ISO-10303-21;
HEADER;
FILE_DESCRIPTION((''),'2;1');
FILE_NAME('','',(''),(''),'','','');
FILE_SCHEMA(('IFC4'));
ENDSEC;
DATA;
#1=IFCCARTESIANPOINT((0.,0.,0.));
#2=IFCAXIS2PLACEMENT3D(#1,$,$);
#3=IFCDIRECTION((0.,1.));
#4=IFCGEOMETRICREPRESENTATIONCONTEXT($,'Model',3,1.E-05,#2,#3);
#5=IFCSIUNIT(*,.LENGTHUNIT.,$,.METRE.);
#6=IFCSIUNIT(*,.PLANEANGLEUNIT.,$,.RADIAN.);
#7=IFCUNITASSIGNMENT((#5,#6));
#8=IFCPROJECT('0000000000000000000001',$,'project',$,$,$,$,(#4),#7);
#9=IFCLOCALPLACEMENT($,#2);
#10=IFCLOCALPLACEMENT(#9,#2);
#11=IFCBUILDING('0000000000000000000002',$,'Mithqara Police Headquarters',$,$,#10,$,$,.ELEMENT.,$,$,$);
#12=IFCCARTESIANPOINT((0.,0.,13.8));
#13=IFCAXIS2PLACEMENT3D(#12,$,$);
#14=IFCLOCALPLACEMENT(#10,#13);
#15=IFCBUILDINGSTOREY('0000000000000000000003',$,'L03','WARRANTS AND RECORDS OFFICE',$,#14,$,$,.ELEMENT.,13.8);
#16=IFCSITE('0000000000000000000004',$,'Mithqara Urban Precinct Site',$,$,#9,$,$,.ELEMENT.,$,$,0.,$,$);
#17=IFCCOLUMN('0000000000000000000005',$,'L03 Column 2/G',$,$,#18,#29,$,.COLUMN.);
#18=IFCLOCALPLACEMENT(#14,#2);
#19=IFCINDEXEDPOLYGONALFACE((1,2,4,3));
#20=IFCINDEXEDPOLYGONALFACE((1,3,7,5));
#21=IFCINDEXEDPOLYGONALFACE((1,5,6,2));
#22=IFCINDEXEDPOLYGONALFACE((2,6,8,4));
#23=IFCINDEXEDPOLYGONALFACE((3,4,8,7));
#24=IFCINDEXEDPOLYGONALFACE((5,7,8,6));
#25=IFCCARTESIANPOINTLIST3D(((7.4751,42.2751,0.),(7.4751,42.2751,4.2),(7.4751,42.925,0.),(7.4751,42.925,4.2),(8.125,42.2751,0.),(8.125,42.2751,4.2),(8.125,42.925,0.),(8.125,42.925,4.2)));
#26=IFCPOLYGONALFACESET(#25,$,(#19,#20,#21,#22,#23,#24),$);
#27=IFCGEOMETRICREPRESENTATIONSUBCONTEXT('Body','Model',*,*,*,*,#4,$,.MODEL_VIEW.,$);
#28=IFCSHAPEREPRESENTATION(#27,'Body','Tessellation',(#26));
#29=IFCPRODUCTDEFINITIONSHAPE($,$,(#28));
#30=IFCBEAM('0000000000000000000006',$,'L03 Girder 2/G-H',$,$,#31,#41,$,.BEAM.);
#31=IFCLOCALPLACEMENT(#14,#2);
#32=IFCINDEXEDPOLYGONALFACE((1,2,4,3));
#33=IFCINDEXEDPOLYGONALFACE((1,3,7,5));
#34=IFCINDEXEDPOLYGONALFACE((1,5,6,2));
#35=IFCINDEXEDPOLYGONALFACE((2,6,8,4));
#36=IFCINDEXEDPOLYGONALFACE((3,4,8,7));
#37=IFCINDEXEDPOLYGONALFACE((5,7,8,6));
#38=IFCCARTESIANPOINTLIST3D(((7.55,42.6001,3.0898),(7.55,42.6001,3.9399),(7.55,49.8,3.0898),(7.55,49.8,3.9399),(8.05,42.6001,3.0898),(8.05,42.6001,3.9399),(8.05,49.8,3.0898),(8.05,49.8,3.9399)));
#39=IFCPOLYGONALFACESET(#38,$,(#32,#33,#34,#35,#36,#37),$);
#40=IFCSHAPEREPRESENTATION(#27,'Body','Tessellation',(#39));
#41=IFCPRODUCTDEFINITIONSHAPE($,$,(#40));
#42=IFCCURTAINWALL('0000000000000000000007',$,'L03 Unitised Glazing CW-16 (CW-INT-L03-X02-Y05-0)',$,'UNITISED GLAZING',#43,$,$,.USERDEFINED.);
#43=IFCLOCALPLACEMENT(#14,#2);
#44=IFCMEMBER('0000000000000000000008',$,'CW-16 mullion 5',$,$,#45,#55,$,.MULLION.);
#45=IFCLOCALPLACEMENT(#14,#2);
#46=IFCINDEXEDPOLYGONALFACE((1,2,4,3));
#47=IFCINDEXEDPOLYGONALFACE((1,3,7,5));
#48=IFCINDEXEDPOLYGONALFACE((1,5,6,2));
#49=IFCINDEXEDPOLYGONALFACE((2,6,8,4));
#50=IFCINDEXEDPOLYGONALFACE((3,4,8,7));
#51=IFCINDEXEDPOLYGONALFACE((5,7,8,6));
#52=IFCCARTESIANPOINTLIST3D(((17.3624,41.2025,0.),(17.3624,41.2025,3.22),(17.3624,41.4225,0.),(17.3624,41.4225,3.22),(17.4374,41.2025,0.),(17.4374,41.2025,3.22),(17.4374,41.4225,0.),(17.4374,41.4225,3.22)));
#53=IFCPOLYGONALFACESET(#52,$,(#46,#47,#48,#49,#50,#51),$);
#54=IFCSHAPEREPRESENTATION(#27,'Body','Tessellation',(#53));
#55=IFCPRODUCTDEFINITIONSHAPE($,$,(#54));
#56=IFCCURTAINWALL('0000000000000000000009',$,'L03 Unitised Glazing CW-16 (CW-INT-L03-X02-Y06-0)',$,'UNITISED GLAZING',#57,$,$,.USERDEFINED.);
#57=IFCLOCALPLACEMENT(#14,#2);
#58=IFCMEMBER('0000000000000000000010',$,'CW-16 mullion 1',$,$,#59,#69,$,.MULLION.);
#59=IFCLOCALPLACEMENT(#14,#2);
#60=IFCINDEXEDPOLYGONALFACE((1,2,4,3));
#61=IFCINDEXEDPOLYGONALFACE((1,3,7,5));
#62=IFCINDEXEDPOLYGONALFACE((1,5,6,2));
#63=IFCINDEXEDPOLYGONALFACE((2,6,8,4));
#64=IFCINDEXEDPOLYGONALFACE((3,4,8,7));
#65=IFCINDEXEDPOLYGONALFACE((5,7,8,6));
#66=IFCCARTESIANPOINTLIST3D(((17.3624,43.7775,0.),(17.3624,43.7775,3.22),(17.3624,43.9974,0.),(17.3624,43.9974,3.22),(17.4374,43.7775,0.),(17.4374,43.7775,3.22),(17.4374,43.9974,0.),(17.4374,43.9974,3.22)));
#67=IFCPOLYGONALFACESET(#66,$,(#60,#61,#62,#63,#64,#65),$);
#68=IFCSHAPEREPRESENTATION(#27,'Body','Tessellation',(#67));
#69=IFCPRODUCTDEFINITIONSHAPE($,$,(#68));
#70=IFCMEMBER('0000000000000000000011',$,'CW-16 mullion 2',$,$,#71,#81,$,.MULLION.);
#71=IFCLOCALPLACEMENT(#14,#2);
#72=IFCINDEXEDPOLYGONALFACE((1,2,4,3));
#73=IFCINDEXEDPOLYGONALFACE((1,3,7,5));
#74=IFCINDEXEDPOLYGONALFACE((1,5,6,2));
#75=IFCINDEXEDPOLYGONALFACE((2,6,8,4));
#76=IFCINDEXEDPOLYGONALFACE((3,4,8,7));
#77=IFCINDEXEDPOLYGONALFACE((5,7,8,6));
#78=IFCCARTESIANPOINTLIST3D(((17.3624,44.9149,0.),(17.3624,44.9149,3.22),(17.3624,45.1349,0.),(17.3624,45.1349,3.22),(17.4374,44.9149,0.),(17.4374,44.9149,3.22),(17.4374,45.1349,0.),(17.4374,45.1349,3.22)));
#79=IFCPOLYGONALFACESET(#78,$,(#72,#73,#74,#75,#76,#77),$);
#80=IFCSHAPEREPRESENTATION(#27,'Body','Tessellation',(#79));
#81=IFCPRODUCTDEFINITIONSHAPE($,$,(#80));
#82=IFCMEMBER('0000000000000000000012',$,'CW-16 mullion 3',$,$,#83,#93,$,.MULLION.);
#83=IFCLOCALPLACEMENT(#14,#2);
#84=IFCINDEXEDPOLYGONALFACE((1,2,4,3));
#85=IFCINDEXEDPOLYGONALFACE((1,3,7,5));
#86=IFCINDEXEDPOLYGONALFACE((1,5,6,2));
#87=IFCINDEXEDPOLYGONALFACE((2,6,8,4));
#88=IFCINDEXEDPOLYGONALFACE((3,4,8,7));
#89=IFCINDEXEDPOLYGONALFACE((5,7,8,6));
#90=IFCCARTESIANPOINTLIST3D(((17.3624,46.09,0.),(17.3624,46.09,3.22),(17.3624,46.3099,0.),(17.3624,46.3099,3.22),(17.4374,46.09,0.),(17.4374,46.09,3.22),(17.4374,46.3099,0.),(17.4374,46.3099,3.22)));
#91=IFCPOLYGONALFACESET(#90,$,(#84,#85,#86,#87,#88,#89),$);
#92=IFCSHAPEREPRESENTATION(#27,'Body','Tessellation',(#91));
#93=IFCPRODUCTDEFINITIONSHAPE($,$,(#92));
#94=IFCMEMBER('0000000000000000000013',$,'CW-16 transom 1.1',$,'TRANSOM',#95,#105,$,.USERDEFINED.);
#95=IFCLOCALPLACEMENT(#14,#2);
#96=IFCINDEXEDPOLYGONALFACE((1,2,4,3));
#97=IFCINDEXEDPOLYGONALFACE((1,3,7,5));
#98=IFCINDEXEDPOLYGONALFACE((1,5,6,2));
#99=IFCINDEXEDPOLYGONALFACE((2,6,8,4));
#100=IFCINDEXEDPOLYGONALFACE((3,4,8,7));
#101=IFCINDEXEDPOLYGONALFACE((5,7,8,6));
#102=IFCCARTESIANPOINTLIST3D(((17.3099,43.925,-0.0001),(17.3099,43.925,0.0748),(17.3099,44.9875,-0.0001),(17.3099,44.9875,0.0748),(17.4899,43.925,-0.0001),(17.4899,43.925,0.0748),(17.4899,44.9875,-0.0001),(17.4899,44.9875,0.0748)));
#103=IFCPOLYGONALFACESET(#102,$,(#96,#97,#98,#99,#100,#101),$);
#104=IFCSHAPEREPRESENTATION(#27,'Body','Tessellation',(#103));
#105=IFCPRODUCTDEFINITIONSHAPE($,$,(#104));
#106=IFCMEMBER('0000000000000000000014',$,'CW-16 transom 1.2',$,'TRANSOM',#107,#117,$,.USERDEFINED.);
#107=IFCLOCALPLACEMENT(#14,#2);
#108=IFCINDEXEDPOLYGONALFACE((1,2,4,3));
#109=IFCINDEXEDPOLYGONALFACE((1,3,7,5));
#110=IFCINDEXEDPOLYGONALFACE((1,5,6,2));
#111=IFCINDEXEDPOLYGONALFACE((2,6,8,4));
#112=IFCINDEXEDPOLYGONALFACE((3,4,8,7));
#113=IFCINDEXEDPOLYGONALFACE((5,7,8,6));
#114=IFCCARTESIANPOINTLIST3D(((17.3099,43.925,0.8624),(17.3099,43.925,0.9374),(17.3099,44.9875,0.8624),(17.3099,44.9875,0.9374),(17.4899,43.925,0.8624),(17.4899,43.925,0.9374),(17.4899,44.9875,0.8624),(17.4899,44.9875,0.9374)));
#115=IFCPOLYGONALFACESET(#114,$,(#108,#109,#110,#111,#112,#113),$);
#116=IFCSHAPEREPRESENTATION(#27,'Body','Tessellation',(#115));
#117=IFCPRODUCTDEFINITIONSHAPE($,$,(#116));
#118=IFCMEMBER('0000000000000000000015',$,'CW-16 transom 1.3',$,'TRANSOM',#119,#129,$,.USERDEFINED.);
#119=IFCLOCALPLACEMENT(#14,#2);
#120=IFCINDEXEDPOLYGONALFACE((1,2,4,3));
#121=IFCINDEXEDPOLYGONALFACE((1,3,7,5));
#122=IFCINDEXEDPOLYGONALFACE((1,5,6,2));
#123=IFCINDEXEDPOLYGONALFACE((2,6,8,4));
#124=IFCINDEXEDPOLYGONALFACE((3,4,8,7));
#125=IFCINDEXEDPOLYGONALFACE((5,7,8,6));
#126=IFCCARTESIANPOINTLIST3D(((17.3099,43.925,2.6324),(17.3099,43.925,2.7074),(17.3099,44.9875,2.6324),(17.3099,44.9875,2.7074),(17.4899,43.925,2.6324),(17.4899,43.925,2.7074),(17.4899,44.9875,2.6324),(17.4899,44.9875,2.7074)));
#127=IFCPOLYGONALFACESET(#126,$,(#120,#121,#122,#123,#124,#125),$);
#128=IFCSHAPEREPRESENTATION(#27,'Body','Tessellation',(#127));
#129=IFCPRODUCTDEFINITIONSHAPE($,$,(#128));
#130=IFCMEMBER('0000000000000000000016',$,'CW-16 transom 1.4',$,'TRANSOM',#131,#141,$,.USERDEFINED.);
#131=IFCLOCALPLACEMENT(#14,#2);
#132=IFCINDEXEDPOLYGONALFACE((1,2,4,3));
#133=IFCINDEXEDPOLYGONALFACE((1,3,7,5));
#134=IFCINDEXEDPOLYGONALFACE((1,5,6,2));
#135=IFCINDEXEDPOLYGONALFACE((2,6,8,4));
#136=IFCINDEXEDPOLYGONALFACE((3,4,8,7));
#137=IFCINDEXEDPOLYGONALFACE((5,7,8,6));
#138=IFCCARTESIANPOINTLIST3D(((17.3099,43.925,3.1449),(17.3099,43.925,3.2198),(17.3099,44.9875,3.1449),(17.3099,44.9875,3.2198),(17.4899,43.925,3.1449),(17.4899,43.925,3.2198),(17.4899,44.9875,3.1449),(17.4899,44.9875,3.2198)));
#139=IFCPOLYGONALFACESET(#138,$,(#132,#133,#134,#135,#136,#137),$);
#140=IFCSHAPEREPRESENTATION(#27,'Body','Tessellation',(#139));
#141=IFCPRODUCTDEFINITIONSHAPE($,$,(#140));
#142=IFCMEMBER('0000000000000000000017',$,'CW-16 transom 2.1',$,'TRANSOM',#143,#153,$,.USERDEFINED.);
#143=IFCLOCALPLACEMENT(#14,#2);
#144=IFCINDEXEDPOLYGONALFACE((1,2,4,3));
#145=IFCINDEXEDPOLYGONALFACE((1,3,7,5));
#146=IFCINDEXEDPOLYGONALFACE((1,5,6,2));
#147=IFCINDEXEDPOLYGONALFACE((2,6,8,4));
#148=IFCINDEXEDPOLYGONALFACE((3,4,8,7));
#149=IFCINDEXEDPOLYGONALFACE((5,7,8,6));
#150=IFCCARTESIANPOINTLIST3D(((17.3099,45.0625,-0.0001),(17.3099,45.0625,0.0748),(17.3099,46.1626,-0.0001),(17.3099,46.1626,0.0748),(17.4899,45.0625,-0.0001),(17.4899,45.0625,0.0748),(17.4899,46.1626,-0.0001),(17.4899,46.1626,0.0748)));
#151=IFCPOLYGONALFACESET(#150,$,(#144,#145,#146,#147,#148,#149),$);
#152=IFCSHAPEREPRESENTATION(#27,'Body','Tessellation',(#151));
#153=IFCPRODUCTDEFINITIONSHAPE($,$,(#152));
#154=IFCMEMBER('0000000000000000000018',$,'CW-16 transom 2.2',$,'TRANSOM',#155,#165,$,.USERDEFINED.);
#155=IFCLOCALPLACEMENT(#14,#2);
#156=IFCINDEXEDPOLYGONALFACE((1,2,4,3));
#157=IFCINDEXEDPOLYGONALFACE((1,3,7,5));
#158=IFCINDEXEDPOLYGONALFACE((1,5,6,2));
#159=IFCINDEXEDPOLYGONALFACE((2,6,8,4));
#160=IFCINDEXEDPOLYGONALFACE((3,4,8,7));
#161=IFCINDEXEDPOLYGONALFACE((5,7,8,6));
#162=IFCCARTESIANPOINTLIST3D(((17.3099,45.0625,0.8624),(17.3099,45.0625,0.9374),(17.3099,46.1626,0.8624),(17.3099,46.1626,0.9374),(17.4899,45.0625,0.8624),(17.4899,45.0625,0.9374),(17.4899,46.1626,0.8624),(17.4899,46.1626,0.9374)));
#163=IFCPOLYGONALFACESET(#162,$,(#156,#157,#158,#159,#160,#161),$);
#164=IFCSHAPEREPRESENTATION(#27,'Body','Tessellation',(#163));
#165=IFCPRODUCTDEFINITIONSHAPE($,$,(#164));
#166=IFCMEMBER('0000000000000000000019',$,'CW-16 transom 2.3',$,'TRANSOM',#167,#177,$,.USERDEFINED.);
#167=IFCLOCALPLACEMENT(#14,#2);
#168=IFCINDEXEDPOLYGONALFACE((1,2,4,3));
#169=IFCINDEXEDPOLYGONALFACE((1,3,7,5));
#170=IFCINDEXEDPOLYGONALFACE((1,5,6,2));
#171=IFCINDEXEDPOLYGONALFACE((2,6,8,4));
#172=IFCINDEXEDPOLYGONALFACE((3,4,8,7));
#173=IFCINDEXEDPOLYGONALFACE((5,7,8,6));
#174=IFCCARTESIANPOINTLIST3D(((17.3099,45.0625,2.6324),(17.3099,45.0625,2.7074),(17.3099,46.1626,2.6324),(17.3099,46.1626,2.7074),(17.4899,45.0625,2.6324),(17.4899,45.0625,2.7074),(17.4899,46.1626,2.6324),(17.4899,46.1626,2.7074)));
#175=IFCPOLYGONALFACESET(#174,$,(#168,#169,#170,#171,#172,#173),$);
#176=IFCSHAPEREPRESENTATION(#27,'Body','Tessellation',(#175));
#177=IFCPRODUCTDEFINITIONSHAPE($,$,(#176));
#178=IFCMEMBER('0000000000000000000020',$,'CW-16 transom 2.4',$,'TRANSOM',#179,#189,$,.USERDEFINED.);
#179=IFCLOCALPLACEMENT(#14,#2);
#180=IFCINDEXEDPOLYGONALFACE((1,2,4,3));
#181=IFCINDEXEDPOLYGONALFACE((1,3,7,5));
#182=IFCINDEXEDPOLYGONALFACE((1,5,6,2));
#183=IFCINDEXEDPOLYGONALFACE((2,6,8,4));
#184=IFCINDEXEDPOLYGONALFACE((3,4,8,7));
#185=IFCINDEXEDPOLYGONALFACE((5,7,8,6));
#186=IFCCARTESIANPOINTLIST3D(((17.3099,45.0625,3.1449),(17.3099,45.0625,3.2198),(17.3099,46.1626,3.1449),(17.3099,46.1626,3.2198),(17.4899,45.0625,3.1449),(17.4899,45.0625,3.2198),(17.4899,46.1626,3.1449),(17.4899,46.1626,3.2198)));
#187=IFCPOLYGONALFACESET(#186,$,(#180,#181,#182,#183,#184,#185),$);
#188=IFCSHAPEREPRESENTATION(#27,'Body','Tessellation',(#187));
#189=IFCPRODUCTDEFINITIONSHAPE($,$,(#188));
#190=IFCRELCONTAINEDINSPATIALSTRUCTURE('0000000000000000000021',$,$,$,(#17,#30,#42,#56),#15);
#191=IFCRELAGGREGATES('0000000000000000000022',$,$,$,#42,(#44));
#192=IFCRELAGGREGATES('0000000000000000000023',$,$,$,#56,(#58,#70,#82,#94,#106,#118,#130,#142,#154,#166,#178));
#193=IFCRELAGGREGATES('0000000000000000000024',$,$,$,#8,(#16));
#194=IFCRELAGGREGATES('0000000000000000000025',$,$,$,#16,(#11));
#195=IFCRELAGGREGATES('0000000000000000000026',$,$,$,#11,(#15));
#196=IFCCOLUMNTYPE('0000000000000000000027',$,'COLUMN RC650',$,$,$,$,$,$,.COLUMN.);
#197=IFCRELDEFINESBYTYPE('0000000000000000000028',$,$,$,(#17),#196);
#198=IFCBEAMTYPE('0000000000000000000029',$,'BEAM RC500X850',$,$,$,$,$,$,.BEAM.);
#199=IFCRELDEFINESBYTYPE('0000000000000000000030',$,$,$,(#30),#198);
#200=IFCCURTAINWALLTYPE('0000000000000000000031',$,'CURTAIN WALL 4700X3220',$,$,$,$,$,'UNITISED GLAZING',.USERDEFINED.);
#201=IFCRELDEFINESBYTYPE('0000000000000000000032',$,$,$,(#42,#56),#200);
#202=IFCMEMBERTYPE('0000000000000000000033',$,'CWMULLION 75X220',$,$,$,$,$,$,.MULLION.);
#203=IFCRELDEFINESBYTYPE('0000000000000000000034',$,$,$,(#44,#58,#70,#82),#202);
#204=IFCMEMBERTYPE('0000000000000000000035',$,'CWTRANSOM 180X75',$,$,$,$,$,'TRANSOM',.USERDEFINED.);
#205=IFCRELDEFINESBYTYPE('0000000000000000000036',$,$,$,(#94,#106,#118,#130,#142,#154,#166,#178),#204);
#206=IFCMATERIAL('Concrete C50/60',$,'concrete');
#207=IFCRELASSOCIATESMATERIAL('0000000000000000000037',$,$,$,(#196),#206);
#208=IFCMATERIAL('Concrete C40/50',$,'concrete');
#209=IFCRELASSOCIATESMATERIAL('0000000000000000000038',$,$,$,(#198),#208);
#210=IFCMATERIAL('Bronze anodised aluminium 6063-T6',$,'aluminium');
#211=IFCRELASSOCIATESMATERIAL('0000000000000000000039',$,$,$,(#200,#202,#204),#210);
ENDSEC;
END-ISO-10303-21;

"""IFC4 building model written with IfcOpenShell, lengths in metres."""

from ifc_helpers import new_model, si_unit, direction, frame, origin, origin_2d, place, context, subcontext, project, spatial, rectangle, extrude, material, material_profile, profile_set, type_object, element, aggregate, save


model = new_model("IFC4")

# Units and contexts
model_context = context("Model", 3, precision=1e-05, world=origin(), true_north=direction((0.0, 1.0)))
body_context = subcontext(model_context, "Body", "Model", "MODEL_VIEW")
ifc_project = project(units=[si_unit("LENGTHUNIT", "METRE"), si_unit("PLANEANGLEUNIT", "RADIAN")], contexts=[model_context])

# Site, building, storey
site_placement = place(None, origin())
site = spatial("IfcSite", under=ifc_project, at=site_placement, Name="Mithqara Urban Precinct Site", CompositionType="ELEMENT", RefElevation=0.0)
building_placement = place(site_placement, origin())
building = spatial("IfcBuilding", under=site, at=building_placement, Name="Mithqara Police Headquarters", CompositionType="ELEMENT")
storey_placement = place(building_placement, frame((0.0, 0.0, 13.8)))
storey = spatial("IfcBuildingStorey", under=building, at=storey_placement, Name="L03", Description="WARRANTS AND RECORDS OFFICE", CompositionType="ELEMENT", Elevation=13.8)

# Column
ifc_material_1 = material(Name="Concrete C50/60", Category="concrete")
ifc_material_profile_1 = material_profile(ifc_material_1, rectangle(XDim=0.6499, YDim=0.6499, at=origin_2d()), Name="RC 650x650")
ifc_profile_set_1 = profile_set([ifc_material_profile_1], Name="Concrete C50/60")
column_type = type_object("IfcColumnType", Name="COLUMN RC650", PredefinedType="COLUMN", material=ifc_profile_set_1)
column_placement = place(storey_placement, frame((7.8, 42.6001, 0.0), z_axis=(0.0, 0.0, 1.0), x_axis=(1.0, 0.0, 0.0)))
element("IfcColumn", 1, at=column_placement, inside=storey, type_object=column_type, Name="L03 Column 2/G", PredefinedType="COLUMN", context=body_context, shape_type="SweptSolid", body=[
    extrude(rectangle(XDim=0.6499, YDim=0.6499, at=origin_2d()), origin(), (0.0, 0.0, 1.0), 4.2),
])

# Beam
ifc_material_2 = material(Name="Concrete C40/50", Category="concrete")
ifc_material_profile_2 = material_profile(ifc_material_2, rectangle(XDim=0.5, YDim=0.8501, at=origin_2d()), Name="RC 500x850")
ifc_profile_set_2 = profile_set([ifc_material_profile_2], Name="Concrete C40/50")
beam_type_1 = type_object("IfcBeamType", Name="BEAM RC500X850", PredefinedType="BEAM", material=ifc_profile_set_2)
beam_1_placement = place(storey_placement, frame((7.8, 42.6001, 3.5149), z_axis=(0.0, 1.0, 0.0), x_axis=(-1.0, 0.0, 0.0)))
element("IfcBeam", 2, at=beam_1_placement, inside=storey, type_object=beam_type_1, Name="L03 Girder 2/G-H", PredefinedType="BEAM", context=body_context, shape_type="SweptSolid", body=[
    extrude(rectangle(XDim=0.5, YDim=0.8501, at=origin_2d()), origin(), (0.0, 0.0, 1.0), 7.2),
])

# Curtain wall, member
ifc_material_3 = material(Name="Bronze anodised aluminium 6063-T6", Category="aluminium")
curtain_wall_type = type_object("IfcCurtainWallType", Name="CURTAIN WALL 4700X3220", ElementType="UNITISED GLAZING", PredefinedType="USERDEFINED", material=ifc_material_3)
curtain_wall_1_placement = place(storey_placement, origin())
curtain_wall_1 = element("IfcCurtainWall", 3, at=curtain_wall_1_placement, inside=storey, type_object=curtain_wall_type, Name="L03 Unitised Glazing CW-16 (CW-INT-L03-X02-Y05-0)", ObjectType="UNITISED GLAZING", PredefinedType="USERDEFINED")
ifc_material_profile_3 = material_profile(ifc_material_3, rectangle(XDim=0.075, YDim=0.22, at=origin_2d()), Name="CWM 75x220")
ifc_profile_set_3 = profile_set([ifc_material_profile_3], Name="Bronze anodised aluminium 6063-T6")
member_type_1 = type_object("IfcMemberType", Name="CWMULLION 75X220", PredefinedType="MULLION", material=ifc_profile_set_3)
member_1_placement = place(storey_placement, frame((17.3999, 41.3125, 0.0), z_axis=(0.0, 0.0, 1.0), x_axis=(-1.0, 0.0, 0.0)))
member_1 = element("IfcMember", 4, at=member_1_placement, type_object=member_type_1, Name="CW-16 mullion 5", PredefinedType="MULLION", context=body_context, shape_type="SweptSolid", body=[
    extrude(rectangle(XDim=0.075, YDim=0.22, at=origin_2d()), origin(), (0.0, 0.0, 1.0), 3.22),
])
aggregate(curtain_wall_1, [member_1])

# Curtain wall, members
curtain_wall_2_placement = place(storey_placement, origin())
curtain_wall_2 = element("IfcCurtainWall", 5, at=curtain_wall_2_placement, inside=storey, type_object=curtain_wall_type, Name="L03 Unitised Glazing CW-16 (CW-INT-L03-X02-Y06-0)", ObjectType="UNITISED GLAZING", PredefinedType="USERDEFINED")
member_2_placement = place(storey_placement, frame((17.3999, 43.8875, 0.0), z_axis=(0.0, 0.0, 1.0), x_axis=(-1.0, 0.0, 0.0)))
member_2 = element("IfcMember", 6, at=member_2_placement, type_object=member_type_1, Name="CW-16 mullion 1", PredefinedType="MULLION", context=body_context, shape_type="SweptSolid", body=[
    extrude(rectangle(XDim=0.075, YDim=0.22, at=origin_2d()), origin(), (0.0, 0.0, 1.0), 3.22),
])
member_3_placement = place(storey_placement, frame((17.3999, 45.0249, 0.0), z_axis=(0.0, 0.0, 1.0), x_axis=(-1.0, 0.0, 0.0)))
member_3 = element("IfcMember", 7, at=member_3_placement, type_object=member_type_1, Name="CW-16 mullion 2", PredefinedType="MULLION", context=body_context, shape_type="SweptSolid", body=[
    extrude(rectangle(XDim=0.075, YDim=0.22, at=origin_2d()), origin(), (0.0, 0.0, 1.0), 3.22),
])
member_4_placement = place(storey_placement, frame((17.3999, 46.2, 0.0), z_axis=(0.0, 0.0, 1.0), x_axis=(-1.0, 0.0, 0.0)))
member_4 = element("IfcMember", 8, at=member_4_placement, type_object=member_type_1, Name="CW-16 mullion 3", PredefinedType="MULLION", context=body_context, shape_type="SweptSolid", body=[
    extrude(rectangle(XDim=0.075, YDim=0.22, at=origin_2d()), origin(), (0.0, 0.0, 1.0), 3.22),
])
ifc_material_profile_4 = material_profile(ifc_material_3, rectangle(XDim=0.1799, YDim=0.075, at=origin_2d()), Name="CWT 180x75")
ifc_profile_set_4 = profile_set([ifc_material_profile_4], Name="Bronze anodised aluminium 6063-T6")
member_type_2 = type_object("IfcMemberType", Name="CWTRANSOM 180X75", ElementType="TRANSOM", PredefinedType="USERDEFINED", material=ifc_profile_set_4)
member_5_placement = place(storey_placement, frame((17.3999, 43.925, 0.0374), z_axis=(0.0, 1.0, 0.0), x_axis=(-1.0, 0.0, 0.0)))
member_5 = element("IfcMember", 9, at=member_5_placement, type_object=member_type_2, Name="CW-16 transom 1.1", ObjectType="TRANSOM", PredefinedType="USERDEFINED", context=body_context, shape_type="SweptSolid", body=[
    extrude(rectangle(XDim=0.1799, YDim=0.075, at=origin_2d()), origin(), (0.0, 0.0, 1.0), 1.0625),
])
member_6_placement = place(storey_placement, frame((17.3999, 43.925, 0.8999), z_axis=(0.0, 1.0, 0.0), x_axis=(-1.0, 0.0, 0.0)))
member_6 = element("IfcMember", 10, at=member_6_placement, type_object=member_type_2, Name="CW-16 transom 1.2", ObjectType="TRANSOM", PredefinedType="USERDEFINED", context=body_context, shape_type="SweptSolid", body=[
    extrude(rectangle(XDim=0.1799, YDim=0.075, at=origin_2d()), origin(), (0.0, 0.0, 1.0), 1.0625),
])
member_7_placement = place(storey_placement, frame((17.3999, 43.925, 2.6699), z_axis=(0.0, 1.0, 0.0), x_axis=(-1.0, 0.0, 0.0)))
member_7 = element("IfcMember", 11, at=member_7_placement, type_object=member_type_2, Name="CW-16 transom 1.3", ObjectType="TRANSOM", PredefinedType="USERDEFINED", context=body_context, shape_type="SweptSolid", body=[
    extrude(rectangle(XDim=0.1799, YDim=0.075, at=origin_2d()), origin(), (0.0, 0.0, 1.0), 1.0625),
])
member_8_placement = place(storey_placement, frame((17.3999, 43.925, 3.1824), z_axis=(0.0, 1.0, 0.0), x_axis=(-1.0, 0.0, 0.0)))
member_8 = element("IfcMember", 12, at=member_8_placement, type_object=member_type_2, Name="CW-16 transom 1.4", ObjectType="TRANSOM", PredefinedType="USERDEFINED", context=body_context, shape_type="SweptSolid", body=[
    extrude(rectangle(XDim=0.1799, YDim=0.075, at=origin_2d()), origin(), (0.0, 0.0, 1.0), 1.0625),
])
member_9_placement = place(storey_placement, frame((17.3999, 45.0625, 0.0374), z_axis=(0.0, 1.0, 0.0), x_axis=(-1.0, 0.0, 0.0)))
member_9 = element("IfcMember", 13, at=member_9_placement, type_object=member_type_2, Name="CW-16 transom 2.1", ObjectType="TRANSOM", PredefinedType="USERDEFINED", context=body_context, shape_type="SweptSolid", body=[
    extrude(rectangle(XDim=0.1799, YDim=0.075, at=origin_2d()), origin(), (0.0, 0.0, 1.0), 1.1001),
])
member_10_placement = place(storey_placement, frame((17.3999, 45.0625, 0.8999), z_axis=(0.0, 1.0, 0.0), x_axis=(-1.0, 0.0, 0.0)))
member_10 = element("IfcMember", 14, at=member_10_placement, type_object=member_type_2, Name="CW-16 transom 2.2", ObjectType="TRANSOM", PredefinedType="USERDEFINED", context=body_context, shape_type="SweptSolid", body=[
    extrude(rectangle(XDim=0.1799, YDim=0.075, at=origin_2d()), origin(), (0.0, 0.0, 1.0), 1.1001),
])
member_11_placement = place(storey_placement, frame((17.3999, 45.0625, 2.6699), z_axis=(0.0, 1.0, 0.0), x_axis=(-1.0, 0.0, 0.0)))
member_11 = element("IfcMember", 15, at=member_11_placement, type_object=member_type_2, Name="CW-16 transom 2.3", ObjectType="TRANSOM", PredefinedType="USERDEFINED", context=body_context, shape_type="SweptSolid", body=[
    extrude(rectangle(XDim=0.1799, YDim=0.075, at=origin_2d()), origin(), (0.0, 0.0, 1.0), 1.1001),
])
member_12_placement = place(storey_placement, frame((17.3999, 45.0625, 3.1824), z_axis=(0.0, 1.0, 0.0), x_axis=(-1.0, 0.0, 0.0)))
member_12 = element("IfcMember", 16, at=member_12_placement, type_object=member_type_2, Name="CW-16 transom 2.4", ObjectType="TRANSOM", PredefinedType="USERDEFINED", context=body_context, shape_type="SweptSolid", body=[
    extrude(rectangle(XDim=0.1799, YDim=0.075, at=origin_2d()), origin(), (0.0, 0.0, 1.0), 1.1001),
])

aggregate(curtain_wall_2, [member_2, member_3, member_4, member_5, member_6, member_7, member_8, member_9, member_10, member_11, member_12])

save(model, "model.ifc")
